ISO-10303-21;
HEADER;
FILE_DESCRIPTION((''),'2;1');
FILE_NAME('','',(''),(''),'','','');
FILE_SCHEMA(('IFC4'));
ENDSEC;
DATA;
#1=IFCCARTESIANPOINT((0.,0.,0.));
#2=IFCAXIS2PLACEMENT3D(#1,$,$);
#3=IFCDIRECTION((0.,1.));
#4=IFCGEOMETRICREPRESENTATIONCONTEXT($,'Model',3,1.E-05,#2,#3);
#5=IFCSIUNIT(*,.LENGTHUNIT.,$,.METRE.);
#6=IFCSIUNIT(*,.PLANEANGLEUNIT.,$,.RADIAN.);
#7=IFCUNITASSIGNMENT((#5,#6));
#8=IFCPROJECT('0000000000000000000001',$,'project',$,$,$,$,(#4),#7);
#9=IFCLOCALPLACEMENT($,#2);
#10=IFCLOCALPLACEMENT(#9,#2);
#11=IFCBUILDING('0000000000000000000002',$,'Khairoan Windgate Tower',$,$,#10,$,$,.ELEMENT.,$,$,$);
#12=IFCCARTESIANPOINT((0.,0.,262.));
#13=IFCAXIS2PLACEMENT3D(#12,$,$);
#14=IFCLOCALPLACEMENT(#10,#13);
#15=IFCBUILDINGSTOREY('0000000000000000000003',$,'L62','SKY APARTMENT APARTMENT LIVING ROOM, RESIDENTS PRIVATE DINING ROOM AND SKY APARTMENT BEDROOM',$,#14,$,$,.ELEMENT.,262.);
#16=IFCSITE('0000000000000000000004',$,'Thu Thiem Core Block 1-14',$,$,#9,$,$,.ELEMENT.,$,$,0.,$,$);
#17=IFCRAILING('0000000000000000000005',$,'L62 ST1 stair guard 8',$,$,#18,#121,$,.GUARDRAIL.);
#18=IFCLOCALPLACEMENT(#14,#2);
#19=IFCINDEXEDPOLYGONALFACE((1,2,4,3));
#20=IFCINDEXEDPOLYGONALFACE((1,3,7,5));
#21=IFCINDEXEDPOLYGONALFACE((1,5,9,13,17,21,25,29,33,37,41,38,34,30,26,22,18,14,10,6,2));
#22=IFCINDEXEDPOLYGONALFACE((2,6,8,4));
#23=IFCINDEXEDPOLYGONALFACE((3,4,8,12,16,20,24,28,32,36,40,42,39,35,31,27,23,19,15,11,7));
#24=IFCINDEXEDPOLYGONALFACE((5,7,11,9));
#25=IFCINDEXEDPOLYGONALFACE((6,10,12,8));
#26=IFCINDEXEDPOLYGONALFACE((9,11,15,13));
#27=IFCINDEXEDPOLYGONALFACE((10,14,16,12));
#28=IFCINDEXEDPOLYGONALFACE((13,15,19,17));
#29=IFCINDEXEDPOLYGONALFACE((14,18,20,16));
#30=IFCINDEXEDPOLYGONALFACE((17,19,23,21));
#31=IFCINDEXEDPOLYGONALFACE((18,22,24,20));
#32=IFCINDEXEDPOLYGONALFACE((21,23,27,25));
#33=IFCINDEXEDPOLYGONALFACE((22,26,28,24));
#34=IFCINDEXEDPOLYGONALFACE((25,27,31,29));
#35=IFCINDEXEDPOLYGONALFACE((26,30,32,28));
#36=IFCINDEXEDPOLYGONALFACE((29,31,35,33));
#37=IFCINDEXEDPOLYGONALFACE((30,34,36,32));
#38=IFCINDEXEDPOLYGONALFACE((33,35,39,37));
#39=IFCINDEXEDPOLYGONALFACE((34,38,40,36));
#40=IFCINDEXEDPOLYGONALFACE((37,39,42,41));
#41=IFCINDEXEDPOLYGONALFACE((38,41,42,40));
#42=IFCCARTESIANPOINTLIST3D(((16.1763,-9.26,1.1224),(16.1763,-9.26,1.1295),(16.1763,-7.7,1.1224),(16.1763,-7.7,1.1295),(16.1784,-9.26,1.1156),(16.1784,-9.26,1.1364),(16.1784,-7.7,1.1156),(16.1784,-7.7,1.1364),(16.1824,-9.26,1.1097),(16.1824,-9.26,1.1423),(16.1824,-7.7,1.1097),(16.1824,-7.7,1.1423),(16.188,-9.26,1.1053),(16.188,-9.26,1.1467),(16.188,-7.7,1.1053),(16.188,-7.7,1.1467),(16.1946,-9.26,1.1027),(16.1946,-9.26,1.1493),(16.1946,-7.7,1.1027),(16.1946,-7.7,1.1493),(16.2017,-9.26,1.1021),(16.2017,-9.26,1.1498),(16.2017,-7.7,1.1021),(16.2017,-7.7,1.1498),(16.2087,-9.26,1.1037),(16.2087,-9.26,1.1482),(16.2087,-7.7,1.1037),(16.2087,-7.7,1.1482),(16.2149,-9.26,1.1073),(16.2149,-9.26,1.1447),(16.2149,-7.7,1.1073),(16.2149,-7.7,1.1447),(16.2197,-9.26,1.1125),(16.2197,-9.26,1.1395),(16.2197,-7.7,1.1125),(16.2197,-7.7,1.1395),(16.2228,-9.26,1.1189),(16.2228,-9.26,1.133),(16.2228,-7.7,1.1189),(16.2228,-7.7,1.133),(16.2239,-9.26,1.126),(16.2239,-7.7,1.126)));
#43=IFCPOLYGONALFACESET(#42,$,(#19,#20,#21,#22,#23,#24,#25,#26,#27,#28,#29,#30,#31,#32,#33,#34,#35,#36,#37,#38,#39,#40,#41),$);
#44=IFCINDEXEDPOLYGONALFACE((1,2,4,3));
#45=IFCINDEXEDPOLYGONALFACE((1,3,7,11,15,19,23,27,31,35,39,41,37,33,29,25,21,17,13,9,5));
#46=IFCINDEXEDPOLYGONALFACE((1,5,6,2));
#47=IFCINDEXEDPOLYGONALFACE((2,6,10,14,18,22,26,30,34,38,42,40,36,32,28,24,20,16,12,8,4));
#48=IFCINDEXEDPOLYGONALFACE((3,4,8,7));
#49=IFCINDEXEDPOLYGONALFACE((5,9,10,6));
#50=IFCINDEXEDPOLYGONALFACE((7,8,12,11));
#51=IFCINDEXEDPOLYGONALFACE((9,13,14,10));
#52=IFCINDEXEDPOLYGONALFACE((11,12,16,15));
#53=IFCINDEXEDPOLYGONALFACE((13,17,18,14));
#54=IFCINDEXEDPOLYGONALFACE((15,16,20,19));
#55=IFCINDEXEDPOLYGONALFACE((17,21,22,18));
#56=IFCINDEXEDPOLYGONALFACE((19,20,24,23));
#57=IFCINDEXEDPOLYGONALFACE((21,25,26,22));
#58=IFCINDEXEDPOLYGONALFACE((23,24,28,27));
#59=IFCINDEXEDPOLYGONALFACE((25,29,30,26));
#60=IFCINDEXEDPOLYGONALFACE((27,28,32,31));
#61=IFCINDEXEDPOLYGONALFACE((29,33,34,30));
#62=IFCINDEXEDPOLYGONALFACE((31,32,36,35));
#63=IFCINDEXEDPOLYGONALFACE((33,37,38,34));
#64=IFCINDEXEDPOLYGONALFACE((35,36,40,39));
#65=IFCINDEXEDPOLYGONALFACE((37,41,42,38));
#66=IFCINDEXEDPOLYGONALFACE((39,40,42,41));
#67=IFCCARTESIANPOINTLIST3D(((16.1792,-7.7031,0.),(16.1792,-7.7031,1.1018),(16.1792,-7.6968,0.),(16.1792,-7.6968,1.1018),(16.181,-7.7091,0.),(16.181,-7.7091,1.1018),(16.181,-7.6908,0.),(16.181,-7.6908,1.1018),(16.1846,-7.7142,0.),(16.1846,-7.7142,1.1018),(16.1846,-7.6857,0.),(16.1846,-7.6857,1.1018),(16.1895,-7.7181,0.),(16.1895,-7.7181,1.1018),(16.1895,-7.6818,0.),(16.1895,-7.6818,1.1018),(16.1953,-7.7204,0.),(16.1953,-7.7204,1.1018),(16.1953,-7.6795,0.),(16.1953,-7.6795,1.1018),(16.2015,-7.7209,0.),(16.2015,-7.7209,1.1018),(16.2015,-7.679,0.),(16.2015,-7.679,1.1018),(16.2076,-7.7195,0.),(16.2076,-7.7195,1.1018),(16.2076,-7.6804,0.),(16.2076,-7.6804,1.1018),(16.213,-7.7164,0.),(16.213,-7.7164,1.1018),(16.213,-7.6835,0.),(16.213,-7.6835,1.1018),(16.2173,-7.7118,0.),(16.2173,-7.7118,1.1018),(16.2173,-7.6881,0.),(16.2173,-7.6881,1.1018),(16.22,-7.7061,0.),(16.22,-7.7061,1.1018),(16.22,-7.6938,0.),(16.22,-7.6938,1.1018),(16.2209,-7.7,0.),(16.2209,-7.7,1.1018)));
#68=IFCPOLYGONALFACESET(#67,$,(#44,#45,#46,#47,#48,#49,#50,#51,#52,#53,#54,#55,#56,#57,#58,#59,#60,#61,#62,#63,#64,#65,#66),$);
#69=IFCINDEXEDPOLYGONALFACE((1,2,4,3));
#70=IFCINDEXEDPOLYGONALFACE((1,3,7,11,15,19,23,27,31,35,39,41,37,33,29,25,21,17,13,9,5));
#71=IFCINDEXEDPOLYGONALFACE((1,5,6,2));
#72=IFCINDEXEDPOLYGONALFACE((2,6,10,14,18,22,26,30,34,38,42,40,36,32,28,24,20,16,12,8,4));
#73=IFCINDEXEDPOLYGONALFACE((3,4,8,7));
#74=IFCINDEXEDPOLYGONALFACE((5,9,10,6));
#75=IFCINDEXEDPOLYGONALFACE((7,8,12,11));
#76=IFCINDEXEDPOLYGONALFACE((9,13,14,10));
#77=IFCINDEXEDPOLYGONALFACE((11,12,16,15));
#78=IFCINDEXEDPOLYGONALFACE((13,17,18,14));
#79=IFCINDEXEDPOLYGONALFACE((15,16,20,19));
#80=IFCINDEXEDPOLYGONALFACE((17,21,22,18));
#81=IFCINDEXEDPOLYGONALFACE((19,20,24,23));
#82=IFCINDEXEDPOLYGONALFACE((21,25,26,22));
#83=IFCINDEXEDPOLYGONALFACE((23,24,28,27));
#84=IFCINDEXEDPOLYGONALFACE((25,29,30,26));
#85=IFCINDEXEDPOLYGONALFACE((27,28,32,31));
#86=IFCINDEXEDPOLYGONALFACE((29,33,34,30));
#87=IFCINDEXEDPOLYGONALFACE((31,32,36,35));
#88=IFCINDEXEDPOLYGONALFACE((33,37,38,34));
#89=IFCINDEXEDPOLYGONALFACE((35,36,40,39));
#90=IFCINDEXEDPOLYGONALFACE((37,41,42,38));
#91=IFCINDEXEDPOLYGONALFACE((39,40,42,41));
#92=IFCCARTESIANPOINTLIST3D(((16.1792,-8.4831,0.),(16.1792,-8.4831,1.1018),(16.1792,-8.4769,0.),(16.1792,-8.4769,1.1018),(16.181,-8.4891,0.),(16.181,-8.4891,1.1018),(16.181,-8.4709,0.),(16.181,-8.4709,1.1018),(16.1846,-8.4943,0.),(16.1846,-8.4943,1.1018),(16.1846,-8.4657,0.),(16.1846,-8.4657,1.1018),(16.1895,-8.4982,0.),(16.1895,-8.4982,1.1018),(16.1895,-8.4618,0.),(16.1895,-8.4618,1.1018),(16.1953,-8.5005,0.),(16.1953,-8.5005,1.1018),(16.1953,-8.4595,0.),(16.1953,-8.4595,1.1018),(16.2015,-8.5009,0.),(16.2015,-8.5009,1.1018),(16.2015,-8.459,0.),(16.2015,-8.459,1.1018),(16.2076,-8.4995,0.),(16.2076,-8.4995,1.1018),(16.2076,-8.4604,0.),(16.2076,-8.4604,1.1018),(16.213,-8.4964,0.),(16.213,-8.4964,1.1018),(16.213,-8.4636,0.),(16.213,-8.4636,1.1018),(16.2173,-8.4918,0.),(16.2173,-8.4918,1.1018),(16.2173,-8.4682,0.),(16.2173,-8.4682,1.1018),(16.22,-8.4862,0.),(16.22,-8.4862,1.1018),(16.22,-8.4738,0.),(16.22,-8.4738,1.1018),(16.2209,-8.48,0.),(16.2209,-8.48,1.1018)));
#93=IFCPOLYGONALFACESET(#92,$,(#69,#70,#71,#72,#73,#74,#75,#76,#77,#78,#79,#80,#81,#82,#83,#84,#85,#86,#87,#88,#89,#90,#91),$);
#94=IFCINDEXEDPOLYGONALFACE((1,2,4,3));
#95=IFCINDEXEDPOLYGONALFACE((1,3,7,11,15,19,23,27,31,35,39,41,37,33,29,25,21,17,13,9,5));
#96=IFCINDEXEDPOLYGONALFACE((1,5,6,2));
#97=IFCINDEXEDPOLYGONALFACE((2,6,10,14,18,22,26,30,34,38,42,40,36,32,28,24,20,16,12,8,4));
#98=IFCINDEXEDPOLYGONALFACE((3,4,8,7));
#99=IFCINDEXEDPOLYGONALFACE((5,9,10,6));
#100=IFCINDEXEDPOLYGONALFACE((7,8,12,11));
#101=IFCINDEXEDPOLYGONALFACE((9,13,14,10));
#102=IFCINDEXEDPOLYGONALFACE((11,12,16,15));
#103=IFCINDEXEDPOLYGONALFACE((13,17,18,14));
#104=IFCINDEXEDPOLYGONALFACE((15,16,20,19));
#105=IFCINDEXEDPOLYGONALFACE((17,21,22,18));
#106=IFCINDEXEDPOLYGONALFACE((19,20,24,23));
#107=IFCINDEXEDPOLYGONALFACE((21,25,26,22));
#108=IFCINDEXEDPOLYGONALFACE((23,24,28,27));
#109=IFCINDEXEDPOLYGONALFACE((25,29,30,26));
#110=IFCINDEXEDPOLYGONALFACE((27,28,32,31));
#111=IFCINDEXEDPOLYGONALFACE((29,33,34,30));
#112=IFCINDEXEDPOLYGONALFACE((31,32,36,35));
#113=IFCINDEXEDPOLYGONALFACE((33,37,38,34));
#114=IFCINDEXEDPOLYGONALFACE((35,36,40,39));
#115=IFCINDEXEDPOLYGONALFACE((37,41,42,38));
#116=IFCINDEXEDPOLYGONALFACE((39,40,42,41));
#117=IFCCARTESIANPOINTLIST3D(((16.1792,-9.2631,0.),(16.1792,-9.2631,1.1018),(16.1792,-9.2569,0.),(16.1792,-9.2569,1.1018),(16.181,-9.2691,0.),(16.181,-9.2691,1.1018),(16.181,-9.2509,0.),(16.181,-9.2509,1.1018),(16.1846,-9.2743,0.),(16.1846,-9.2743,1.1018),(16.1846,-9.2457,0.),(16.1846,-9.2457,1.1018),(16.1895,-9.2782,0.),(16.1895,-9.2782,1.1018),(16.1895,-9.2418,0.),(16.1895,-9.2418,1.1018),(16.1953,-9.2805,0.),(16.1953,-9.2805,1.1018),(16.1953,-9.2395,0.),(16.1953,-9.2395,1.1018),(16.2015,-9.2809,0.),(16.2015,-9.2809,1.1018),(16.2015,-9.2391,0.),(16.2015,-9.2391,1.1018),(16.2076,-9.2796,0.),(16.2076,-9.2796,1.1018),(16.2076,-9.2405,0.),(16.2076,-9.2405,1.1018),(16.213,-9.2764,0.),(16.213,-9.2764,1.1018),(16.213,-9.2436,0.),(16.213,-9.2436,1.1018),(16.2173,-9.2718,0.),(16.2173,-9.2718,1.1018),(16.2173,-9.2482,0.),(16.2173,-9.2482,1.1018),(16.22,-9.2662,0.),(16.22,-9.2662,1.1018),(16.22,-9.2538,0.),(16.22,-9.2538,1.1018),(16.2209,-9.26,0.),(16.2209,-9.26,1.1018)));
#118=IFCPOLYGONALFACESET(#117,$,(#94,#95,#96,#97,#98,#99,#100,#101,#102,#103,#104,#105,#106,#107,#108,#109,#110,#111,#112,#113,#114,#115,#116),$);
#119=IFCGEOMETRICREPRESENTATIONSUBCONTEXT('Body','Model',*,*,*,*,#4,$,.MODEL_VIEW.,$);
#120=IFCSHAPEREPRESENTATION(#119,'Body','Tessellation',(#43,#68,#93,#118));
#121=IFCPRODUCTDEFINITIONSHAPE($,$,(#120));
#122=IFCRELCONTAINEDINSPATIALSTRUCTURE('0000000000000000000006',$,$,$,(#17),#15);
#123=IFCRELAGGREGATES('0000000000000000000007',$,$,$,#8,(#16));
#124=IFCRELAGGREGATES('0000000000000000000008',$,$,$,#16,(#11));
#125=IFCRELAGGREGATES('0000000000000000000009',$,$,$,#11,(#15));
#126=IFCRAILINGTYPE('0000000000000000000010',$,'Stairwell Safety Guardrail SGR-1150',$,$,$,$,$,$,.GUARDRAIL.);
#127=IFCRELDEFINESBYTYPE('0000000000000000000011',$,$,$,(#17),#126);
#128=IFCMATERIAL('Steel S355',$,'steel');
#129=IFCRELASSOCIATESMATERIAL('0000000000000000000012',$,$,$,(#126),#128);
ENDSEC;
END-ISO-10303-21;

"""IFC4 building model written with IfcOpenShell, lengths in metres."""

from ifc_helpers import new_model, si_unit, direction, frame, origin, origin_2d, place, context, subcontext, project, spatial, circle, extrude, material, type_object, element, save


model = new_model("IFC4")

# Units and contexts
model_context = context("Model", 3, precision=1e-05, world=origin(), true_north=direction((0.0, 1.0)))
body_context = subcontext(model_context, "Body", "Model", "MODEL_VIEW")
ifc_project = project(units=[si_unit("LENGTHUNIT", "METRE"), si_unit("PLANEANGLEUNIT", "RADIAN")], contexts=[model_context])

# Site, building, storey
site_placement = place(None, origin())
site = spatial("IfcSite", under=ifc_project, at=site_placement, Name="Thu Thiem Core Block 1-14", CompositionType="ELEMENT", RefElevation=0.0)
building_placement = place(site_placement, origin())
building = spatial("IfcBuilding", under=site, at=building_placement, Name="Khairoan Windgate Tower", CompositionType="ELEMENT")
storey_placement = place(building_placement, frame((0.0, 0.0, 262.0)))
storey = spatial("IfcBuildingStorey", under=building, at=storey_placement, Name="L62", Description="SKY APARTMENT APARTMENT LIVING ROOM, RESIDENTS PRIVATE DINING ROOM AND SKY APARTMENT BEDROOM", CompositionType="ELEMENT", Elevation=262.0)

# Railing
ifc_material_1 = material(Name="Steel S355", Category="steel")
railing_type_1 = type_object("IfcRailingType", Name="Stairwell Safety Guardrail SGR-1150", PredefinedType="GUARDRAIL", material=ifc_material_1)
railing_1_placement = place(storey_placement, frame((16.2, -7.7, 0.0)))
element("IfcRailing", 1, at=railing_1_placement, inside=storey, type_object=railing_type_1, Name="L62 ST1 stair guard 8", PredefinedType="GUARDRAIL", context=body_context, shape_type="SweptSolid", body=[
    extrude(circle(Radius=0.0239, at=origin_2d()), frame((0.0, 0.0, 1.126), z_axis=(0.0, -1.0, 0.0), x_axis=(1.0, 0.0, 0.0)), (0.0, 0.0, 1.0), 1.5601),
    extrude(circle(Radius=0.021, at=origin_2d()), origin(), (0.0, 0.0, 1.0), 1.1018),
    extrude(circle(Radius=0.021, at=origin_2d()), frame((0.0, -0.78, 0.0)), (0.0, 0.0, 1.0), 1.1018),
    extrude(circle(Radius=0.021, at=origin_2d()), frame((0.0, -1.5601, 0.0)), (0.0, 0.0, 1.0), 1.1018),
])

save(model, "model.ifc")
